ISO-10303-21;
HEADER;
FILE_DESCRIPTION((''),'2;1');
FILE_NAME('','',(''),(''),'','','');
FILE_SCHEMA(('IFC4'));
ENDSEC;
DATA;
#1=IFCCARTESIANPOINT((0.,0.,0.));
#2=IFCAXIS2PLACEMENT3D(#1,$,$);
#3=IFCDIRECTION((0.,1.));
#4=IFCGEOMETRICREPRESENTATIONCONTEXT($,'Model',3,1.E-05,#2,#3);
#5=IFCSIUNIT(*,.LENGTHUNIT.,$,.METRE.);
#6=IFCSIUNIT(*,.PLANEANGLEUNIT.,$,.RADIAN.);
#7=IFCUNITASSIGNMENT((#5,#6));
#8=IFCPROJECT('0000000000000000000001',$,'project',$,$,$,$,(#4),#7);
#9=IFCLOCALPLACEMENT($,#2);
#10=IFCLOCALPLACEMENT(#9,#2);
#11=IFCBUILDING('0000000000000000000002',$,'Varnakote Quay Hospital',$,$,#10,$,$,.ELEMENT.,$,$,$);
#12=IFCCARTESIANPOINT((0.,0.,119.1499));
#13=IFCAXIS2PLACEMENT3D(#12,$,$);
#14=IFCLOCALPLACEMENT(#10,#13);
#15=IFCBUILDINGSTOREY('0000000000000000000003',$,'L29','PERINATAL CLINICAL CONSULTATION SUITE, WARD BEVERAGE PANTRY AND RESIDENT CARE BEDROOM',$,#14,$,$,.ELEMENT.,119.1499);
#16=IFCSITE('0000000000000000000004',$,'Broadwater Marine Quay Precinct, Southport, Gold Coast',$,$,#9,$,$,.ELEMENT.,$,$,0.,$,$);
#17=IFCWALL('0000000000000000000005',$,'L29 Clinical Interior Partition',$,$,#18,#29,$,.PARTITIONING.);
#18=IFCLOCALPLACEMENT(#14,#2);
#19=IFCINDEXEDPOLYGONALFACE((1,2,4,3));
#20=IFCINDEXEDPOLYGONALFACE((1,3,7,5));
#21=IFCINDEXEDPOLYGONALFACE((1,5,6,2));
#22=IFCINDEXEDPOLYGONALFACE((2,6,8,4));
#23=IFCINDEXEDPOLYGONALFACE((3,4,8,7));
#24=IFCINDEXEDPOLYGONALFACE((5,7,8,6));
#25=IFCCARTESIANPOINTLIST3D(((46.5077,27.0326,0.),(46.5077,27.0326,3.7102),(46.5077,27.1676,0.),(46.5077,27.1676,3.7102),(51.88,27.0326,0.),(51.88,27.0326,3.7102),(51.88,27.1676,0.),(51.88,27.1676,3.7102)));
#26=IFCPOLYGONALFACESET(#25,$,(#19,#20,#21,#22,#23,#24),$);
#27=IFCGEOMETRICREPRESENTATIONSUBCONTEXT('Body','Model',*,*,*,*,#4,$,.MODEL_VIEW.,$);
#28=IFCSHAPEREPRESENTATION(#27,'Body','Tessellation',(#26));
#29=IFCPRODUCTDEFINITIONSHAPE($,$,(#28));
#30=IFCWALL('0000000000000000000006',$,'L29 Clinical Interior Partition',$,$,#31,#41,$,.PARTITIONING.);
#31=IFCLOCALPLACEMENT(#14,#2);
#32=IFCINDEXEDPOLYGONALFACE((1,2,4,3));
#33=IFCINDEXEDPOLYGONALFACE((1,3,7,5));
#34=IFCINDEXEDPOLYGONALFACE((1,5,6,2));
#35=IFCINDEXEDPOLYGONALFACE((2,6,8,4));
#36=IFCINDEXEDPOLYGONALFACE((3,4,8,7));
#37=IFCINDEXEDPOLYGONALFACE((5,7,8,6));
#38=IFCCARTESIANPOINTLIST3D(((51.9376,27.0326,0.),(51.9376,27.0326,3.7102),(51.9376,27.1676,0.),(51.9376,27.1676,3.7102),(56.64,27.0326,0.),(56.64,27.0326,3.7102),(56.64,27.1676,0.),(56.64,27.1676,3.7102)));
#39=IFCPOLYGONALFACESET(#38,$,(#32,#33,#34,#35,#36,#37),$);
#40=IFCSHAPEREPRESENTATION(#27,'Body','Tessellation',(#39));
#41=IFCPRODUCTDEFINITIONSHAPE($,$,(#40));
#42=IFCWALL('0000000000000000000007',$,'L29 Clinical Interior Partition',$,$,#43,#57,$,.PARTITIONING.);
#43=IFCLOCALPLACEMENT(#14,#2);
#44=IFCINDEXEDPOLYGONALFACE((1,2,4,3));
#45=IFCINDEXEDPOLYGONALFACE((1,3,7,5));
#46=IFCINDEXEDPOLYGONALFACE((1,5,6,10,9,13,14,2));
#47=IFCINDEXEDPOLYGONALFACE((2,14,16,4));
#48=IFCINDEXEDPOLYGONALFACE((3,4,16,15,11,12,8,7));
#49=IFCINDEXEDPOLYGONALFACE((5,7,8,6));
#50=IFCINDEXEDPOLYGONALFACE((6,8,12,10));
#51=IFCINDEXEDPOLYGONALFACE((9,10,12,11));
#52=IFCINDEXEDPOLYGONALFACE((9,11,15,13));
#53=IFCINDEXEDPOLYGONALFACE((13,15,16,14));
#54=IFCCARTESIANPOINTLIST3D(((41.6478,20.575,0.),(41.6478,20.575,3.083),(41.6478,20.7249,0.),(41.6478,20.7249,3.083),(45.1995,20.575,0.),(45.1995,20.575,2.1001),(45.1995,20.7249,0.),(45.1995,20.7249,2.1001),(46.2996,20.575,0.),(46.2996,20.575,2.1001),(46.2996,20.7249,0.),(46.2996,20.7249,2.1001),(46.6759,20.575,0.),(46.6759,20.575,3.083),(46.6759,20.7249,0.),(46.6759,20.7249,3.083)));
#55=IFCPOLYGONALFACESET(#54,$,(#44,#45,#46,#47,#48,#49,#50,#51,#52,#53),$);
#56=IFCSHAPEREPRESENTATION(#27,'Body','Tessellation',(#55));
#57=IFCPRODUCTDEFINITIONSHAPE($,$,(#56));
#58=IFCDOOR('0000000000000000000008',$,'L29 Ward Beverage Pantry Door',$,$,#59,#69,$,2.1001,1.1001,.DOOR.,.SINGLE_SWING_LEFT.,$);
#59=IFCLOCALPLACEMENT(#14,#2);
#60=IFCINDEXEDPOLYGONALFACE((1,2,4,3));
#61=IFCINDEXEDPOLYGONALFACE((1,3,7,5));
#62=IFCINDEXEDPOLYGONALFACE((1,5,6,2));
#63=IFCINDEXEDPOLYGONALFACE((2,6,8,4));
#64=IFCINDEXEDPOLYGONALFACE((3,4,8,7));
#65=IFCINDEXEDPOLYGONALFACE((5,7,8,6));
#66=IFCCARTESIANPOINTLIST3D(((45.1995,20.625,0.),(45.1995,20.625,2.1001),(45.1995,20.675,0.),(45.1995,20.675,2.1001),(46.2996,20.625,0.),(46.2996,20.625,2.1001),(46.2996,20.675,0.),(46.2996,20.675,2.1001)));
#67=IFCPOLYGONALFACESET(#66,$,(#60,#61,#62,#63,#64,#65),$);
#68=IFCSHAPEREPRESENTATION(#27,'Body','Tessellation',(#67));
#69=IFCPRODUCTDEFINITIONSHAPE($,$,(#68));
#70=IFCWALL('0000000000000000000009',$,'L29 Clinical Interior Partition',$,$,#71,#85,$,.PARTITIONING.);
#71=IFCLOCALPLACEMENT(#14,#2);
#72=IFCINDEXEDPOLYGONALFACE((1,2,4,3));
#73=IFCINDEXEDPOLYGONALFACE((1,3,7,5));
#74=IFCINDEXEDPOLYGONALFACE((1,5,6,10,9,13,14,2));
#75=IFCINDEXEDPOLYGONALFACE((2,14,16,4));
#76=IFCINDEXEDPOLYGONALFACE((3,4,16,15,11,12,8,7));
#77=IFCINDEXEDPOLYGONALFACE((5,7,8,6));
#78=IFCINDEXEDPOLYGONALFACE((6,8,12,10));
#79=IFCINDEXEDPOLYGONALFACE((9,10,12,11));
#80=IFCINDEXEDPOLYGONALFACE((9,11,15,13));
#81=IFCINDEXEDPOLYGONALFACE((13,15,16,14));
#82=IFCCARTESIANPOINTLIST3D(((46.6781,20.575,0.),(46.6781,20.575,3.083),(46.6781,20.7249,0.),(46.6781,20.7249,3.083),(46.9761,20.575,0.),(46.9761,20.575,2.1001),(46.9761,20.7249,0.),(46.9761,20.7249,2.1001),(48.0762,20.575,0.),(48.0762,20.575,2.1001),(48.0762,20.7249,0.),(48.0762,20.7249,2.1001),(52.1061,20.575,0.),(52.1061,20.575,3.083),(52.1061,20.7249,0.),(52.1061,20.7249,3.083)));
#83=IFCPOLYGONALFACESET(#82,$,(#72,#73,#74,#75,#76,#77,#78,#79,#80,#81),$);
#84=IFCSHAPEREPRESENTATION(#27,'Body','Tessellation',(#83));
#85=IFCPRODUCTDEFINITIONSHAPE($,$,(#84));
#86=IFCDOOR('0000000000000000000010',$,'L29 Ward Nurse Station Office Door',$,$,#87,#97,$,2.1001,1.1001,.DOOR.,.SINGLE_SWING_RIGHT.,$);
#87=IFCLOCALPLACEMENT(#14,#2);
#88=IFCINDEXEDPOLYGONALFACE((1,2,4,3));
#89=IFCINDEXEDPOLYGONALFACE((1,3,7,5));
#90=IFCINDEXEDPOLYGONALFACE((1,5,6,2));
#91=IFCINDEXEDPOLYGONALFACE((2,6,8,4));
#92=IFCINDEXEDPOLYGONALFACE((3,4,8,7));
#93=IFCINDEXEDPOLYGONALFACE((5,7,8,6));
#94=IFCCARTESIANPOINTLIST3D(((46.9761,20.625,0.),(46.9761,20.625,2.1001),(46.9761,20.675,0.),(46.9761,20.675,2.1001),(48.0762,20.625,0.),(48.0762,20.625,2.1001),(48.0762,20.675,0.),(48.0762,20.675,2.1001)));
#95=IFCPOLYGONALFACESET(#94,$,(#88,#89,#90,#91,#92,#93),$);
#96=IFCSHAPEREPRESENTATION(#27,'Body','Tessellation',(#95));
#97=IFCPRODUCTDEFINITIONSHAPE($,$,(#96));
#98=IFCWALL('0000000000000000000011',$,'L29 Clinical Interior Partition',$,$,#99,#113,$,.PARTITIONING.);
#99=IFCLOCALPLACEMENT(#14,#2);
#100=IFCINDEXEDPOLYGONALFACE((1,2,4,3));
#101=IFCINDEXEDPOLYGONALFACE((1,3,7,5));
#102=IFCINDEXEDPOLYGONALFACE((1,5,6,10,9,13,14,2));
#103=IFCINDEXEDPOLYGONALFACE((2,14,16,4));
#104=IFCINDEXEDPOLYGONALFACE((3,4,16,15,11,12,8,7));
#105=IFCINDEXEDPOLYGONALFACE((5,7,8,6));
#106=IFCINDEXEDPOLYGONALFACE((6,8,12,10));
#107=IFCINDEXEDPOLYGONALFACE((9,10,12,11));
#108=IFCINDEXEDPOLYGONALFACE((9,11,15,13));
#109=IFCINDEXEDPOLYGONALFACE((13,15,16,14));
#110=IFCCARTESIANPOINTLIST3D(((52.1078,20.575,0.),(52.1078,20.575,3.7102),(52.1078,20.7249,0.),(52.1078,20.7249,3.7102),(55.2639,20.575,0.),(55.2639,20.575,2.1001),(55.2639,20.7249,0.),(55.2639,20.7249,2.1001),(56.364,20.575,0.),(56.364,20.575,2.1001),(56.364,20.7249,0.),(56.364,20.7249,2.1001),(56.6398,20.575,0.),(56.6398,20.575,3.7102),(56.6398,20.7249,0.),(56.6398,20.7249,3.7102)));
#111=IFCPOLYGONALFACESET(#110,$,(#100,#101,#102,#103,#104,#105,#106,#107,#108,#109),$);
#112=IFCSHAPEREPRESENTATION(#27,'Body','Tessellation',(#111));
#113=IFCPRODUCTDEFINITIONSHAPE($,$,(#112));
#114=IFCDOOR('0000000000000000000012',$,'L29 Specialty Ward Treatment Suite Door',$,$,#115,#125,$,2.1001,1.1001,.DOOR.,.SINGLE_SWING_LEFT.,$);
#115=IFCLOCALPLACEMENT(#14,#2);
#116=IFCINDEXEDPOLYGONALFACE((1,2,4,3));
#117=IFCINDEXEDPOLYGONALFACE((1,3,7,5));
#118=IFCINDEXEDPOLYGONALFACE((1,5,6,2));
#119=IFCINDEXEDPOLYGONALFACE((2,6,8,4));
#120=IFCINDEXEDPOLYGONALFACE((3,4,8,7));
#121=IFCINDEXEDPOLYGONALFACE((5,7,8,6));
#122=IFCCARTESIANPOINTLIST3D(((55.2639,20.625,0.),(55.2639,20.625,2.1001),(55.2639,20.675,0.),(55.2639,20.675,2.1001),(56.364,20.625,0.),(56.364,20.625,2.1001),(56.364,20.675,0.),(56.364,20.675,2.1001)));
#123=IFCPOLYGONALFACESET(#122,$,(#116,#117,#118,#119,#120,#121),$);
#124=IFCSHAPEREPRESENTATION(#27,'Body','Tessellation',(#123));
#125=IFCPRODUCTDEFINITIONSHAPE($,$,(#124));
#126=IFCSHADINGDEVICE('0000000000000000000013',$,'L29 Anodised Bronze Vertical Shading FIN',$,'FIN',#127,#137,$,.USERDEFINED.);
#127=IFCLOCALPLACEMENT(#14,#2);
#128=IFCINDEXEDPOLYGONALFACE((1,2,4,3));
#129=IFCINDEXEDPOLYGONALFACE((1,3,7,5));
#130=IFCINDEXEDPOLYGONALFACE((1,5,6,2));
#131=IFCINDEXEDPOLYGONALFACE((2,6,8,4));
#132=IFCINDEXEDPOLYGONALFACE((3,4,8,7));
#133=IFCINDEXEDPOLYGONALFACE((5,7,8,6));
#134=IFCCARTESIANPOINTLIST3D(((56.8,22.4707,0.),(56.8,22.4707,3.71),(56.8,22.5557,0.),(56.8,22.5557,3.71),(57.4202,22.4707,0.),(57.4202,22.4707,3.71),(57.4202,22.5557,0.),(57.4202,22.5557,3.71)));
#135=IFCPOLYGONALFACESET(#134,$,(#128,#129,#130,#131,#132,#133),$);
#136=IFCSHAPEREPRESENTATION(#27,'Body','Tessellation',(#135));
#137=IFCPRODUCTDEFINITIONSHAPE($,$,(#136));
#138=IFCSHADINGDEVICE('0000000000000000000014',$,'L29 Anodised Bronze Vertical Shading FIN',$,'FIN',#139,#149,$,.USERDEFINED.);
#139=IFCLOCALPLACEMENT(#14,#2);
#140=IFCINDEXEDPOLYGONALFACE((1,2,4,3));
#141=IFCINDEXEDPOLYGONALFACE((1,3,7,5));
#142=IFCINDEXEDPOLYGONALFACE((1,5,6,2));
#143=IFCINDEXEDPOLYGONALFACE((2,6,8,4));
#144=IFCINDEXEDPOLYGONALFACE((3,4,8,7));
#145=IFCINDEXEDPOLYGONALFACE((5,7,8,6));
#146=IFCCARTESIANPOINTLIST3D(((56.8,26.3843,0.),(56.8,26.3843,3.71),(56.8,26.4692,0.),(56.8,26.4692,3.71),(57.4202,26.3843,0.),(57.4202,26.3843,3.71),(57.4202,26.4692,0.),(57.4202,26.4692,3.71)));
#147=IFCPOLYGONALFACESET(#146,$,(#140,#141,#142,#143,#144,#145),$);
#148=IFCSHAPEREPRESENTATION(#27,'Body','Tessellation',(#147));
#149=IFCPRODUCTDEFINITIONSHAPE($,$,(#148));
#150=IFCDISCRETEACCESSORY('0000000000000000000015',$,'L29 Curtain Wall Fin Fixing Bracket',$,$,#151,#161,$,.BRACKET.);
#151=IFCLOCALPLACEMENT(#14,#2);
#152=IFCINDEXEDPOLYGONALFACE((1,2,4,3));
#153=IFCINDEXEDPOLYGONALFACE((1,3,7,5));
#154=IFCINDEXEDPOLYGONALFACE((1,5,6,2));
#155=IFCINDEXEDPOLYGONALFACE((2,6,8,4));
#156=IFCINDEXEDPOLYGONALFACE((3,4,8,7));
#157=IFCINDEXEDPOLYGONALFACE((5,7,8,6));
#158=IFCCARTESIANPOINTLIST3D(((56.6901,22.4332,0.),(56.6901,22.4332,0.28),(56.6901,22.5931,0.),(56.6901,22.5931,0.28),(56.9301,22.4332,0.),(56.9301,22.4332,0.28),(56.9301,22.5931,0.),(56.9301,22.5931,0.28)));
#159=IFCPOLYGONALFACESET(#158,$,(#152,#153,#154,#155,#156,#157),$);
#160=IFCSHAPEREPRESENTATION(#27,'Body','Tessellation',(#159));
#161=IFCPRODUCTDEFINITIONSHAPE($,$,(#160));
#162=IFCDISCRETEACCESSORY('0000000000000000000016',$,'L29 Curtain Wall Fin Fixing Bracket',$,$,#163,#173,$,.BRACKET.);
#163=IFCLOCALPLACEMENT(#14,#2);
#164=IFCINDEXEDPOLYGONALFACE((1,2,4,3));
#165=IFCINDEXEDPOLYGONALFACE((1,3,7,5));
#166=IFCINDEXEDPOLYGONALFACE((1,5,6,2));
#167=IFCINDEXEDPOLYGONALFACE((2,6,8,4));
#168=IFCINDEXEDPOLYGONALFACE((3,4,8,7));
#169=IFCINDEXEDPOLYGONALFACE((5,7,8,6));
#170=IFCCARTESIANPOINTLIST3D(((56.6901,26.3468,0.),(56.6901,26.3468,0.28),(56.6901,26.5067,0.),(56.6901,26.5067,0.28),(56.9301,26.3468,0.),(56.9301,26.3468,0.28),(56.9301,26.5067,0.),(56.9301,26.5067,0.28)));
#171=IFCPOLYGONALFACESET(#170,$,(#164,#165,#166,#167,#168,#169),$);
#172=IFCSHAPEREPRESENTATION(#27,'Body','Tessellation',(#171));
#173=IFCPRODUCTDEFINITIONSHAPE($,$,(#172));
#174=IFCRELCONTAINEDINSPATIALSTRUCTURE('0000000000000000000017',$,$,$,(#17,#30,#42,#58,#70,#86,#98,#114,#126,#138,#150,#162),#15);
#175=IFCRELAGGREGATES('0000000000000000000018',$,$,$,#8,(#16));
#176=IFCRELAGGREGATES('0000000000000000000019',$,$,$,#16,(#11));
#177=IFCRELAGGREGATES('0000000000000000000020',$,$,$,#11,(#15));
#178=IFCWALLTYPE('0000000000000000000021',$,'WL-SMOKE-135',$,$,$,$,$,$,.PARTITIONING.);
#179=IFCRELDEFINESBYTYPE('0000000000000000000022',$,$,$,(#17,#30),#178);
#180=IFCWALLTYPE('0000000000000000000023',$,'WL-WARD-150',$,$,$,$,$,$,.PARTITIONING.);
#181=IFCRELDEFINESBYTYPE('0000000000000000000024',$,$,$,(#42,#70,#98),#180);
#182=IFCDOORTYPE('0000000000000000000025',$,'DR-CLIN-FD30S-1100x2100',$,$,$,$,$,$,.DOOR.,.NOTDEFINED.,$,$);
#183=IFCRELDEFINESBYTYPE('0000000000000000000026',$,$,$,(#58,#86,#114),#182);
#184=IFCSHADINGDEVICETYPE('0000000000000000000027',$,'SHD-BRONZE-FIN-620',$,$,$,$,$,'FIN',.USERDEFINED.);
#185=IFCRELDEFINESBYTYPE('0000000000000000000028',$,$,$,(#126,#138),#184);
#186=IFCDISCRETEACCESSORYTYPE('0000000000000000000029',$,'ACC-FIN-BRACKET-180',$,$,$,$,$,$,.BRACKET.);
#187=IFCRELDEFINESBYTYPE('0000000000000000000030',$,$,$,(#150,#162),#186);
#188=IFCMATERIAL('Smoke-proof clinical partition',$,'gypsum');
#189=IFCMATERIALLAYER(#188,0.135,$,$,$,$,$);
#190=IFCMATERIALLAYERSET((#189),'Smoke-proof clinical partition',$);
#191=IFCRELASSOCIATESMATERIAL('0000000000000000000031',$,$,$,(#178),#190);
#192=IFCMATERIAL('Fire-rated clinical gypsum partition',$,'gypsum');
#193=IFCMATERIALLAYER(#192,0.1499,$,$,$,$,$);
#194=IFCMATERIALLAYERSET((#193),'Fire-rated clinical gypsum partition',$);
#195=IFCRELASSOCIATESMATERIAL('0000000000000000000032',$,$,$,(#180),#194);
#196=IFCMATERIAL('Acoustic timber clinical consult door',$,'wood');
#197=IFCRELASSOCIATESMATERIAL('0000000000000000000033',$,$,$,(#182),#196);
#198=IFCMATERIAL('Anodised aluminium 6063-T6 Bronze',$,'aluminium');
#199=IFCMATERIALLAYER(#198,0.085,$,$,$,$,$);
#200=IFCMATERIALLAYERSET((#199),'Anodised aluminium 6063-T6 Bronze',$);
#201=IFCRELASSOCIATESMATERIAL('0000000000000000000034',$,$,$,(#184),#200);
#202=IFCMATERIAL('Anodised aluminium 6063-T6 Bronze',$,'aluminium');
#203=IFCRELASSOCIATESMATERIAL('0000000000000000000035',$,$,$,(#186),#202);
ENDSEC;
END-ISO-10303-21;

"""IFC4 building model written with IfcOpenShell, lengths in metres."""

from ifc_helpers import new_model, si_unit, direction, frame, frame_2d, origin, origin_2d, place, context, subcontext, project, spatial, rectangle, extrude, material, layer, layer_set, type_object, element, fill, save


model = new_model("IFC4")

# Units and contexts
model_context = context("Model", 3, precision=1e-05, world=origin(), true_north=direction((0.0, 1.0)))
body_context = subcontext(model_context, "Body", "Model", "MODEL_VIEW")
ifc_project = project(units=[si_unit("LENGTHUNIT", "METRE"), si_unit("PLANEANGLEUNIT", "RADIAN")], contexts=[model_context])

# Site, building, storey
site_placement = place(None, origin())
site = spatial("IfcSite", under=ifc_project, at=site_placement, Name="Broadwater Marine Quay Precinct, Southport, Gold Coast", CompositionType="ELEMENT", RefElevation=0.0)
building_placement = place(site_placement, origin())
building = spatial("IfcBuilding", under=site, at=building_placement, Name="Varnakote Quay Hospital", CompositionType="ELEMENT")
storey_placement = place(building_placement, frame((0.0, 0.0, 119.1499)))
storey = spatial("IfcBuildingStorey", under=building, at=storey_placement, Name="L29", Description="PERINATAL CLINICAL CONSULTATION SUITE, WARD BEVERAGE PANTRY AND RESIDENT CARE BEDROOM", CompositionType="ELEMENT", Elevation=119.1499)

# Walls
ifc_material_1 = material(Name="Smoke-proof clinical partition", Category="gypsum")
ifc_layer_1 = layer(ifc_material_1, 0.135)
ifc_layer_set_1 = layer_set([ifc_layer_1], Name="Smoke-proof clinical partition")
wall_type_1 = type_object("IfcWallType", Name="WL-SMOKE-135", PredefinedType="PARTITIONING", material=ifc_layer_set_1)
wall_1_placement = place(storey_placement, frame((51.8799, 27.1001, 0.0), z_axis=(0.0, 0.0, 1.0), x_axis=(-1.0, 0.0, 0.0)))
element("IfcWall", 1, at=wall_1_placement, inside=storey, type_object=wall_type_1, Name="L29 Clinical Interior Partition", PredefinedType="PARTITIONING", context=body_context, shape_type="SweptSolid", body=[
    extrude(rectangle(XDim=5.3723, YDim=0.135, at=frame_2d((2.686, 0.0))), origin(), (0.0, 0.0, 1.0), 3.7102),
])
wall_2_placement = place(storey_placement, frame((56.6399, 27.1001, 0.0), z_axis=(0.0, 0.0, 1.0), x_axis=(-1.0, 0.0, 0.0)))
element("IfcWall", 2, at=wall_2_placement, inside=storey, type_object=wall_type_1, Name="L29 Clinical Interior Partition", PredefinedType="PARTITIONING", context=body_context, shape_type="SweptSolid", body=[
    extrude(rectangle(XDim=4.7024, YDim=0.135, at=frame_2d((2.3511, 0.0))), origin(), (0.0, 0.0, 1.0), 3.7102),
])

# Walls, openings, doors
ifc_material_2 = material(Name="Fire-rated clinical gypsum partition", Category="gypsum")
ifc_layer_2 = layer(ifc_material_2, 0.1499)
ifc_layer_set_2 = layer_set([ifc_layer_2], Name="Fire-rated clinical gypsum partition")
wall_type_2 = type_object("IfcWallType", Name="WL-WARD-150", PredefinedType="PARTITIONING", material=ifc_layer_set_2)
wall_3_placement = place(storey_placement, frame((46.676, 20.6499, 0.0), z_axis=(0.0, 0.0, 1.0), x_axis=(-1.0, 0.0, 0.0)))
wall_3 = element("IfcWall", 3, at=wall_3_placement, inside=storey, type_object=wall_type_2, Name="L29 Clinical Interior Partition", PredefinedType="PARTITIONING", context=body_context, shape_type="SweptSolid", body=[
    extrude(rectangle(XDim=5.0281, YDim=0.1499, at=frame_2d((2.5142, 0.0))), origin(), (0.0, 0.0, 1.0), 3.083),
])
opening_1_placement = place(wall_3_placement, frame((0.3765, 0.0, 0.0)))
opening_1 = element("IfcOpeningElement", 4, at=opening_1_placement, cuts=wall_3, PredefinedType="OPENING", context=body_context, shape_type="SweptSolid", body=[
    extrude(rectangle(XDim=1.1001, YDim=2.1001, at=frame_2d((0.55, 1.05))), frame((0.0, 0.085, 0.0), z_axis=(0.0, -1.0, 0.0), x_axis=(1.0, 0.0, 0.0)), (0.0, 0.0, 1.0), 0.1699),
])
ifc_material_3 = material(Name="Acoustic timber clinical consult door", Category="wood")
door_type = type_object("IfcDoorType", Name="DR-CLIN-FD30S-1100x2100", OperationType="NOTDEFINED", PredefinedType="DOOR", material=ifc_material_3)
door_1_placement = place(opening_1_placement, origin())
door_1 = element("IfcDoor", 5, at=door_1_placement, inside=storey, type_object=door_type, Name="L29 Ward Beverage Pantry Door", OperationType="SINGLE_SWING_LEFT", OverallHeight=2.1001, OverallWidth=1.1001, PredefinedType="DOOR", context=body_context, shape_type="SweptSolid", body=[
    extrude(rectangle(XDim=1.1001, YDim=2.1001, at=frame_2d((0.55, 1.05))), frame((0.0, 0.0249, 0.0), z_axis=(0.0, -1.0, 0.0), x_axis=(1.0, 0.0, 0.0)), (0.0, 0.0, 1.0), 0.05),
])
fill(opening_1, door_1)
wall_4_placement = place(storey_placement, frame((52.106, 20.6499, 0.0), z_axis=(0.0, 0.0, 1.0), x_axis=(-1.0, 0.0, 0.0)))
wall_4 = element("IfcWall", 6, at=wall_4_placement, inside=storey, type_object=wall_type_2, Name="L29 Clinical Interior Partition", PredefinedType="PARTITIONING", context=body_context, shape_type="SweptSolid", body=[
    extrude(rectangle(XDim=5.428, YDim=0.1499, at=frame_2d((2.7139, 0.0))), origin(), (0.0, 0.0, 1.0), 3.083),
])
opening_2_placement = place(wall_4_placement, frame((4.0298, 0.0, 0.0)))
opening_2 = element("IfcOpeningElement", 7, at=opening_2_placement, cuts=wall_4, PredefinedType="OPENING", context=body_context, shape_type="SweptSolid", body=[
    extrude(rectangle(XDim=1.1001, YDim=2.1001, at=frame_2d((0.55, 1.05))), frame((0.0, 0.085, 0.0), z_axis=(0.0, -1.0, 0.0), x_axis=(1.0, 0.0, 0.0)), (0.0, 0.0, 1.0), 0.1699),
])
door_2_placement = place(opening_2_placement, origin())
door_2 = element("IfcDoor", 8, at=door_2_placement, inside=storey, type_object=door_type, Name="L29 Ward Nurse Station Office Door", OperationType="SINGLE_SWING_RIGHT", OverallHeight=2.1001, OverallWidth=1.1001, PredefinedType="DOOR", context=body_context, shape_type="SweptSolid", body=[
    extrude(rectangle(XDim=1.1001, YDim=2.1001, at=frame_2d((0.55, 1.05))), frame((0.0, 0.0249, 0.0), z_axis=(0.0, -1.0, 0.0), x_axis=(1.0, 0.0, 0.0)), (0.0, 0.0, 1.0), 0.05),
])
fill(opening_2, door_2)
wall_5_placement = place(storey_placement, frame((56.6399, 20.6499, 0.0), z_axis=(0.0, 0.0, 1.0), x_axis=(-1.0, 0.0, 0.0)))
wall_5 = element("IfcWall", 9, at=wall_5_placement, inside=storey, type_object=wall_type_2, Name="L29 Clinical Interior Partition", PredefinedType="PARTITIONING", context=body_context, shape_type="SweptSolid", body=[
    extrude(rectangle(XDim=4.532, YDim=0.1499, at=frame_2d((2.2661, 0.0))), origin(), (0.0, 0.0, 1.0), 3.7102),
])
opening_3_placement = place(wall_5_placement, frame((0.2759, 0.0, 0.0)))
opening_3 = element("IfcOpeningElement", 10, at=opening_3_placement, cuts=wall_5, PredefinedType="OPENING", context=body_context, shape_type="SweptSolid", body=[
    extrude(rectangle(XDim=1.1001, YDim=2.1001, at=frame_2d((0.55, 1.05))), frame((0.0, 0.085, 0.0), z_axis=(0.0, -1.0, 0.0), x_axis=(1.0, 0.0, 0.0)), (0.0, 0.0, 1.0), 0.1699),
])
door_3_placement = place(opening_3_placement, origin())
door_3 = element("IfcDoor", 11, at=door_3_placement, inside=storey, type_object=door_type, Name="L29 Specialty Ward Treatment Suite Door", OperationType="SINGLE_SWING_LEFT", OverallHeight=2.1001, OverallWidth=1.1001, PredefinedType="DOOR", context=body_context, shape_type="SweptSolid", body=[
    extrude(rectangle(XDim=1.1001, YDim=2.1001, at=frame_2d((0.55, 1.05))), frame((0.0, 0.0249, 0.0), z_axis=(0.0, -1.0, 0.0), x_axis=(1.0, 0.0, 0.0)), (0.0, 0.0, 1.0), 0.05),
])
fill(opening_3, door_3)

# Shading devices
ifc_material_4 = material(Name="Anodised aluminium 6063-T6 Bronze", Category="aluminium")
ifc_layer_3 = layer(ifc_material_4, 0.085)
ifc_layer_set_3 = layer_set([ifc_layer_3], Name="Anodised aluminium 6063-T6 Bronze")
shading_device_type = type_object("IfcShadingDeviceType", Name="SHD-BRONZE-FIN-620", ElementType="FIN", PredefinedType="USERDEFINED", material=ifc_layer_set_3)
for number, where, z_axis, x_axis, name in (
    (12, (57.1101, 22.5132, 0.0), (0.0, 0.0, 1.0), (-1.0, 0.0, 0.0), "L29 Anodised Bronze Vertical Shading FIN"),
    (13, (57.1101, 26.4268, 0.0), (0.0, 0.0, 1.0), (-1.0, 0.0, 0.0), "L29 Anodised Bronze Vertical Shading FIN"),
):
    element("IfcShadingDevice", number, at=place(storey_placement, frame(where, z_axis=z_axis, x_axis=x_axis)), inside=storey, type_object=shading_device_type, Name=name, ObjectType="FIN", PredefinedType="USERDEFINED", context=body_context, shape_type="SweptSolid", body=[
        extrude(rectangle(XDim=0.6201, YDim=0.085, at=origin_2d()), origin(), (0.0, 0.0, 1.0), 3.71),
    ])

# Discrete accessories
ifc_material_5 = material(Name="Anodised aluminium 6063-T6 Bronze", Category="aluminium")
discrete_accessory_type = type_object("IfcDiscreteAccessoryType", Name="ACC-FIN-BRACKET-180", PredefinedType="BRACKET", material=ifc_material_5)
for number, where, z_axis, x_axis, name in (
    (14, (56.8101, 22.5132, 0.0), (0.0, 0.0, 1.0), (0.0, 1.0, 0.0), "L29 Curtain Wall Fin Fixing Bracket"),
    (15, (56.8101, 26.4268, 0.0), (0.0, 0.0, 1.0), (0.0, 1.0, 0.0), "L29 Curtain Wall Fin Fixing Bracket"),
):
    element("IfcDiscreteAccessory", number, at=place(storey_placement, frame(where, z_axis=z_axis, x_axis=x_axis)), inside=storey, type_object=discrete_accessory_type, Name=name, PredefinedType="BRACKET", context=body_context, shape_type="SweptSolid", body=[
        extrude(rectangle(XDim=0.1599, YDim=0.24, at=origin_2d()), origin(), (0.0, 0.0, 1.0), 0.28),
    ])

save(model, "model.ifc")
